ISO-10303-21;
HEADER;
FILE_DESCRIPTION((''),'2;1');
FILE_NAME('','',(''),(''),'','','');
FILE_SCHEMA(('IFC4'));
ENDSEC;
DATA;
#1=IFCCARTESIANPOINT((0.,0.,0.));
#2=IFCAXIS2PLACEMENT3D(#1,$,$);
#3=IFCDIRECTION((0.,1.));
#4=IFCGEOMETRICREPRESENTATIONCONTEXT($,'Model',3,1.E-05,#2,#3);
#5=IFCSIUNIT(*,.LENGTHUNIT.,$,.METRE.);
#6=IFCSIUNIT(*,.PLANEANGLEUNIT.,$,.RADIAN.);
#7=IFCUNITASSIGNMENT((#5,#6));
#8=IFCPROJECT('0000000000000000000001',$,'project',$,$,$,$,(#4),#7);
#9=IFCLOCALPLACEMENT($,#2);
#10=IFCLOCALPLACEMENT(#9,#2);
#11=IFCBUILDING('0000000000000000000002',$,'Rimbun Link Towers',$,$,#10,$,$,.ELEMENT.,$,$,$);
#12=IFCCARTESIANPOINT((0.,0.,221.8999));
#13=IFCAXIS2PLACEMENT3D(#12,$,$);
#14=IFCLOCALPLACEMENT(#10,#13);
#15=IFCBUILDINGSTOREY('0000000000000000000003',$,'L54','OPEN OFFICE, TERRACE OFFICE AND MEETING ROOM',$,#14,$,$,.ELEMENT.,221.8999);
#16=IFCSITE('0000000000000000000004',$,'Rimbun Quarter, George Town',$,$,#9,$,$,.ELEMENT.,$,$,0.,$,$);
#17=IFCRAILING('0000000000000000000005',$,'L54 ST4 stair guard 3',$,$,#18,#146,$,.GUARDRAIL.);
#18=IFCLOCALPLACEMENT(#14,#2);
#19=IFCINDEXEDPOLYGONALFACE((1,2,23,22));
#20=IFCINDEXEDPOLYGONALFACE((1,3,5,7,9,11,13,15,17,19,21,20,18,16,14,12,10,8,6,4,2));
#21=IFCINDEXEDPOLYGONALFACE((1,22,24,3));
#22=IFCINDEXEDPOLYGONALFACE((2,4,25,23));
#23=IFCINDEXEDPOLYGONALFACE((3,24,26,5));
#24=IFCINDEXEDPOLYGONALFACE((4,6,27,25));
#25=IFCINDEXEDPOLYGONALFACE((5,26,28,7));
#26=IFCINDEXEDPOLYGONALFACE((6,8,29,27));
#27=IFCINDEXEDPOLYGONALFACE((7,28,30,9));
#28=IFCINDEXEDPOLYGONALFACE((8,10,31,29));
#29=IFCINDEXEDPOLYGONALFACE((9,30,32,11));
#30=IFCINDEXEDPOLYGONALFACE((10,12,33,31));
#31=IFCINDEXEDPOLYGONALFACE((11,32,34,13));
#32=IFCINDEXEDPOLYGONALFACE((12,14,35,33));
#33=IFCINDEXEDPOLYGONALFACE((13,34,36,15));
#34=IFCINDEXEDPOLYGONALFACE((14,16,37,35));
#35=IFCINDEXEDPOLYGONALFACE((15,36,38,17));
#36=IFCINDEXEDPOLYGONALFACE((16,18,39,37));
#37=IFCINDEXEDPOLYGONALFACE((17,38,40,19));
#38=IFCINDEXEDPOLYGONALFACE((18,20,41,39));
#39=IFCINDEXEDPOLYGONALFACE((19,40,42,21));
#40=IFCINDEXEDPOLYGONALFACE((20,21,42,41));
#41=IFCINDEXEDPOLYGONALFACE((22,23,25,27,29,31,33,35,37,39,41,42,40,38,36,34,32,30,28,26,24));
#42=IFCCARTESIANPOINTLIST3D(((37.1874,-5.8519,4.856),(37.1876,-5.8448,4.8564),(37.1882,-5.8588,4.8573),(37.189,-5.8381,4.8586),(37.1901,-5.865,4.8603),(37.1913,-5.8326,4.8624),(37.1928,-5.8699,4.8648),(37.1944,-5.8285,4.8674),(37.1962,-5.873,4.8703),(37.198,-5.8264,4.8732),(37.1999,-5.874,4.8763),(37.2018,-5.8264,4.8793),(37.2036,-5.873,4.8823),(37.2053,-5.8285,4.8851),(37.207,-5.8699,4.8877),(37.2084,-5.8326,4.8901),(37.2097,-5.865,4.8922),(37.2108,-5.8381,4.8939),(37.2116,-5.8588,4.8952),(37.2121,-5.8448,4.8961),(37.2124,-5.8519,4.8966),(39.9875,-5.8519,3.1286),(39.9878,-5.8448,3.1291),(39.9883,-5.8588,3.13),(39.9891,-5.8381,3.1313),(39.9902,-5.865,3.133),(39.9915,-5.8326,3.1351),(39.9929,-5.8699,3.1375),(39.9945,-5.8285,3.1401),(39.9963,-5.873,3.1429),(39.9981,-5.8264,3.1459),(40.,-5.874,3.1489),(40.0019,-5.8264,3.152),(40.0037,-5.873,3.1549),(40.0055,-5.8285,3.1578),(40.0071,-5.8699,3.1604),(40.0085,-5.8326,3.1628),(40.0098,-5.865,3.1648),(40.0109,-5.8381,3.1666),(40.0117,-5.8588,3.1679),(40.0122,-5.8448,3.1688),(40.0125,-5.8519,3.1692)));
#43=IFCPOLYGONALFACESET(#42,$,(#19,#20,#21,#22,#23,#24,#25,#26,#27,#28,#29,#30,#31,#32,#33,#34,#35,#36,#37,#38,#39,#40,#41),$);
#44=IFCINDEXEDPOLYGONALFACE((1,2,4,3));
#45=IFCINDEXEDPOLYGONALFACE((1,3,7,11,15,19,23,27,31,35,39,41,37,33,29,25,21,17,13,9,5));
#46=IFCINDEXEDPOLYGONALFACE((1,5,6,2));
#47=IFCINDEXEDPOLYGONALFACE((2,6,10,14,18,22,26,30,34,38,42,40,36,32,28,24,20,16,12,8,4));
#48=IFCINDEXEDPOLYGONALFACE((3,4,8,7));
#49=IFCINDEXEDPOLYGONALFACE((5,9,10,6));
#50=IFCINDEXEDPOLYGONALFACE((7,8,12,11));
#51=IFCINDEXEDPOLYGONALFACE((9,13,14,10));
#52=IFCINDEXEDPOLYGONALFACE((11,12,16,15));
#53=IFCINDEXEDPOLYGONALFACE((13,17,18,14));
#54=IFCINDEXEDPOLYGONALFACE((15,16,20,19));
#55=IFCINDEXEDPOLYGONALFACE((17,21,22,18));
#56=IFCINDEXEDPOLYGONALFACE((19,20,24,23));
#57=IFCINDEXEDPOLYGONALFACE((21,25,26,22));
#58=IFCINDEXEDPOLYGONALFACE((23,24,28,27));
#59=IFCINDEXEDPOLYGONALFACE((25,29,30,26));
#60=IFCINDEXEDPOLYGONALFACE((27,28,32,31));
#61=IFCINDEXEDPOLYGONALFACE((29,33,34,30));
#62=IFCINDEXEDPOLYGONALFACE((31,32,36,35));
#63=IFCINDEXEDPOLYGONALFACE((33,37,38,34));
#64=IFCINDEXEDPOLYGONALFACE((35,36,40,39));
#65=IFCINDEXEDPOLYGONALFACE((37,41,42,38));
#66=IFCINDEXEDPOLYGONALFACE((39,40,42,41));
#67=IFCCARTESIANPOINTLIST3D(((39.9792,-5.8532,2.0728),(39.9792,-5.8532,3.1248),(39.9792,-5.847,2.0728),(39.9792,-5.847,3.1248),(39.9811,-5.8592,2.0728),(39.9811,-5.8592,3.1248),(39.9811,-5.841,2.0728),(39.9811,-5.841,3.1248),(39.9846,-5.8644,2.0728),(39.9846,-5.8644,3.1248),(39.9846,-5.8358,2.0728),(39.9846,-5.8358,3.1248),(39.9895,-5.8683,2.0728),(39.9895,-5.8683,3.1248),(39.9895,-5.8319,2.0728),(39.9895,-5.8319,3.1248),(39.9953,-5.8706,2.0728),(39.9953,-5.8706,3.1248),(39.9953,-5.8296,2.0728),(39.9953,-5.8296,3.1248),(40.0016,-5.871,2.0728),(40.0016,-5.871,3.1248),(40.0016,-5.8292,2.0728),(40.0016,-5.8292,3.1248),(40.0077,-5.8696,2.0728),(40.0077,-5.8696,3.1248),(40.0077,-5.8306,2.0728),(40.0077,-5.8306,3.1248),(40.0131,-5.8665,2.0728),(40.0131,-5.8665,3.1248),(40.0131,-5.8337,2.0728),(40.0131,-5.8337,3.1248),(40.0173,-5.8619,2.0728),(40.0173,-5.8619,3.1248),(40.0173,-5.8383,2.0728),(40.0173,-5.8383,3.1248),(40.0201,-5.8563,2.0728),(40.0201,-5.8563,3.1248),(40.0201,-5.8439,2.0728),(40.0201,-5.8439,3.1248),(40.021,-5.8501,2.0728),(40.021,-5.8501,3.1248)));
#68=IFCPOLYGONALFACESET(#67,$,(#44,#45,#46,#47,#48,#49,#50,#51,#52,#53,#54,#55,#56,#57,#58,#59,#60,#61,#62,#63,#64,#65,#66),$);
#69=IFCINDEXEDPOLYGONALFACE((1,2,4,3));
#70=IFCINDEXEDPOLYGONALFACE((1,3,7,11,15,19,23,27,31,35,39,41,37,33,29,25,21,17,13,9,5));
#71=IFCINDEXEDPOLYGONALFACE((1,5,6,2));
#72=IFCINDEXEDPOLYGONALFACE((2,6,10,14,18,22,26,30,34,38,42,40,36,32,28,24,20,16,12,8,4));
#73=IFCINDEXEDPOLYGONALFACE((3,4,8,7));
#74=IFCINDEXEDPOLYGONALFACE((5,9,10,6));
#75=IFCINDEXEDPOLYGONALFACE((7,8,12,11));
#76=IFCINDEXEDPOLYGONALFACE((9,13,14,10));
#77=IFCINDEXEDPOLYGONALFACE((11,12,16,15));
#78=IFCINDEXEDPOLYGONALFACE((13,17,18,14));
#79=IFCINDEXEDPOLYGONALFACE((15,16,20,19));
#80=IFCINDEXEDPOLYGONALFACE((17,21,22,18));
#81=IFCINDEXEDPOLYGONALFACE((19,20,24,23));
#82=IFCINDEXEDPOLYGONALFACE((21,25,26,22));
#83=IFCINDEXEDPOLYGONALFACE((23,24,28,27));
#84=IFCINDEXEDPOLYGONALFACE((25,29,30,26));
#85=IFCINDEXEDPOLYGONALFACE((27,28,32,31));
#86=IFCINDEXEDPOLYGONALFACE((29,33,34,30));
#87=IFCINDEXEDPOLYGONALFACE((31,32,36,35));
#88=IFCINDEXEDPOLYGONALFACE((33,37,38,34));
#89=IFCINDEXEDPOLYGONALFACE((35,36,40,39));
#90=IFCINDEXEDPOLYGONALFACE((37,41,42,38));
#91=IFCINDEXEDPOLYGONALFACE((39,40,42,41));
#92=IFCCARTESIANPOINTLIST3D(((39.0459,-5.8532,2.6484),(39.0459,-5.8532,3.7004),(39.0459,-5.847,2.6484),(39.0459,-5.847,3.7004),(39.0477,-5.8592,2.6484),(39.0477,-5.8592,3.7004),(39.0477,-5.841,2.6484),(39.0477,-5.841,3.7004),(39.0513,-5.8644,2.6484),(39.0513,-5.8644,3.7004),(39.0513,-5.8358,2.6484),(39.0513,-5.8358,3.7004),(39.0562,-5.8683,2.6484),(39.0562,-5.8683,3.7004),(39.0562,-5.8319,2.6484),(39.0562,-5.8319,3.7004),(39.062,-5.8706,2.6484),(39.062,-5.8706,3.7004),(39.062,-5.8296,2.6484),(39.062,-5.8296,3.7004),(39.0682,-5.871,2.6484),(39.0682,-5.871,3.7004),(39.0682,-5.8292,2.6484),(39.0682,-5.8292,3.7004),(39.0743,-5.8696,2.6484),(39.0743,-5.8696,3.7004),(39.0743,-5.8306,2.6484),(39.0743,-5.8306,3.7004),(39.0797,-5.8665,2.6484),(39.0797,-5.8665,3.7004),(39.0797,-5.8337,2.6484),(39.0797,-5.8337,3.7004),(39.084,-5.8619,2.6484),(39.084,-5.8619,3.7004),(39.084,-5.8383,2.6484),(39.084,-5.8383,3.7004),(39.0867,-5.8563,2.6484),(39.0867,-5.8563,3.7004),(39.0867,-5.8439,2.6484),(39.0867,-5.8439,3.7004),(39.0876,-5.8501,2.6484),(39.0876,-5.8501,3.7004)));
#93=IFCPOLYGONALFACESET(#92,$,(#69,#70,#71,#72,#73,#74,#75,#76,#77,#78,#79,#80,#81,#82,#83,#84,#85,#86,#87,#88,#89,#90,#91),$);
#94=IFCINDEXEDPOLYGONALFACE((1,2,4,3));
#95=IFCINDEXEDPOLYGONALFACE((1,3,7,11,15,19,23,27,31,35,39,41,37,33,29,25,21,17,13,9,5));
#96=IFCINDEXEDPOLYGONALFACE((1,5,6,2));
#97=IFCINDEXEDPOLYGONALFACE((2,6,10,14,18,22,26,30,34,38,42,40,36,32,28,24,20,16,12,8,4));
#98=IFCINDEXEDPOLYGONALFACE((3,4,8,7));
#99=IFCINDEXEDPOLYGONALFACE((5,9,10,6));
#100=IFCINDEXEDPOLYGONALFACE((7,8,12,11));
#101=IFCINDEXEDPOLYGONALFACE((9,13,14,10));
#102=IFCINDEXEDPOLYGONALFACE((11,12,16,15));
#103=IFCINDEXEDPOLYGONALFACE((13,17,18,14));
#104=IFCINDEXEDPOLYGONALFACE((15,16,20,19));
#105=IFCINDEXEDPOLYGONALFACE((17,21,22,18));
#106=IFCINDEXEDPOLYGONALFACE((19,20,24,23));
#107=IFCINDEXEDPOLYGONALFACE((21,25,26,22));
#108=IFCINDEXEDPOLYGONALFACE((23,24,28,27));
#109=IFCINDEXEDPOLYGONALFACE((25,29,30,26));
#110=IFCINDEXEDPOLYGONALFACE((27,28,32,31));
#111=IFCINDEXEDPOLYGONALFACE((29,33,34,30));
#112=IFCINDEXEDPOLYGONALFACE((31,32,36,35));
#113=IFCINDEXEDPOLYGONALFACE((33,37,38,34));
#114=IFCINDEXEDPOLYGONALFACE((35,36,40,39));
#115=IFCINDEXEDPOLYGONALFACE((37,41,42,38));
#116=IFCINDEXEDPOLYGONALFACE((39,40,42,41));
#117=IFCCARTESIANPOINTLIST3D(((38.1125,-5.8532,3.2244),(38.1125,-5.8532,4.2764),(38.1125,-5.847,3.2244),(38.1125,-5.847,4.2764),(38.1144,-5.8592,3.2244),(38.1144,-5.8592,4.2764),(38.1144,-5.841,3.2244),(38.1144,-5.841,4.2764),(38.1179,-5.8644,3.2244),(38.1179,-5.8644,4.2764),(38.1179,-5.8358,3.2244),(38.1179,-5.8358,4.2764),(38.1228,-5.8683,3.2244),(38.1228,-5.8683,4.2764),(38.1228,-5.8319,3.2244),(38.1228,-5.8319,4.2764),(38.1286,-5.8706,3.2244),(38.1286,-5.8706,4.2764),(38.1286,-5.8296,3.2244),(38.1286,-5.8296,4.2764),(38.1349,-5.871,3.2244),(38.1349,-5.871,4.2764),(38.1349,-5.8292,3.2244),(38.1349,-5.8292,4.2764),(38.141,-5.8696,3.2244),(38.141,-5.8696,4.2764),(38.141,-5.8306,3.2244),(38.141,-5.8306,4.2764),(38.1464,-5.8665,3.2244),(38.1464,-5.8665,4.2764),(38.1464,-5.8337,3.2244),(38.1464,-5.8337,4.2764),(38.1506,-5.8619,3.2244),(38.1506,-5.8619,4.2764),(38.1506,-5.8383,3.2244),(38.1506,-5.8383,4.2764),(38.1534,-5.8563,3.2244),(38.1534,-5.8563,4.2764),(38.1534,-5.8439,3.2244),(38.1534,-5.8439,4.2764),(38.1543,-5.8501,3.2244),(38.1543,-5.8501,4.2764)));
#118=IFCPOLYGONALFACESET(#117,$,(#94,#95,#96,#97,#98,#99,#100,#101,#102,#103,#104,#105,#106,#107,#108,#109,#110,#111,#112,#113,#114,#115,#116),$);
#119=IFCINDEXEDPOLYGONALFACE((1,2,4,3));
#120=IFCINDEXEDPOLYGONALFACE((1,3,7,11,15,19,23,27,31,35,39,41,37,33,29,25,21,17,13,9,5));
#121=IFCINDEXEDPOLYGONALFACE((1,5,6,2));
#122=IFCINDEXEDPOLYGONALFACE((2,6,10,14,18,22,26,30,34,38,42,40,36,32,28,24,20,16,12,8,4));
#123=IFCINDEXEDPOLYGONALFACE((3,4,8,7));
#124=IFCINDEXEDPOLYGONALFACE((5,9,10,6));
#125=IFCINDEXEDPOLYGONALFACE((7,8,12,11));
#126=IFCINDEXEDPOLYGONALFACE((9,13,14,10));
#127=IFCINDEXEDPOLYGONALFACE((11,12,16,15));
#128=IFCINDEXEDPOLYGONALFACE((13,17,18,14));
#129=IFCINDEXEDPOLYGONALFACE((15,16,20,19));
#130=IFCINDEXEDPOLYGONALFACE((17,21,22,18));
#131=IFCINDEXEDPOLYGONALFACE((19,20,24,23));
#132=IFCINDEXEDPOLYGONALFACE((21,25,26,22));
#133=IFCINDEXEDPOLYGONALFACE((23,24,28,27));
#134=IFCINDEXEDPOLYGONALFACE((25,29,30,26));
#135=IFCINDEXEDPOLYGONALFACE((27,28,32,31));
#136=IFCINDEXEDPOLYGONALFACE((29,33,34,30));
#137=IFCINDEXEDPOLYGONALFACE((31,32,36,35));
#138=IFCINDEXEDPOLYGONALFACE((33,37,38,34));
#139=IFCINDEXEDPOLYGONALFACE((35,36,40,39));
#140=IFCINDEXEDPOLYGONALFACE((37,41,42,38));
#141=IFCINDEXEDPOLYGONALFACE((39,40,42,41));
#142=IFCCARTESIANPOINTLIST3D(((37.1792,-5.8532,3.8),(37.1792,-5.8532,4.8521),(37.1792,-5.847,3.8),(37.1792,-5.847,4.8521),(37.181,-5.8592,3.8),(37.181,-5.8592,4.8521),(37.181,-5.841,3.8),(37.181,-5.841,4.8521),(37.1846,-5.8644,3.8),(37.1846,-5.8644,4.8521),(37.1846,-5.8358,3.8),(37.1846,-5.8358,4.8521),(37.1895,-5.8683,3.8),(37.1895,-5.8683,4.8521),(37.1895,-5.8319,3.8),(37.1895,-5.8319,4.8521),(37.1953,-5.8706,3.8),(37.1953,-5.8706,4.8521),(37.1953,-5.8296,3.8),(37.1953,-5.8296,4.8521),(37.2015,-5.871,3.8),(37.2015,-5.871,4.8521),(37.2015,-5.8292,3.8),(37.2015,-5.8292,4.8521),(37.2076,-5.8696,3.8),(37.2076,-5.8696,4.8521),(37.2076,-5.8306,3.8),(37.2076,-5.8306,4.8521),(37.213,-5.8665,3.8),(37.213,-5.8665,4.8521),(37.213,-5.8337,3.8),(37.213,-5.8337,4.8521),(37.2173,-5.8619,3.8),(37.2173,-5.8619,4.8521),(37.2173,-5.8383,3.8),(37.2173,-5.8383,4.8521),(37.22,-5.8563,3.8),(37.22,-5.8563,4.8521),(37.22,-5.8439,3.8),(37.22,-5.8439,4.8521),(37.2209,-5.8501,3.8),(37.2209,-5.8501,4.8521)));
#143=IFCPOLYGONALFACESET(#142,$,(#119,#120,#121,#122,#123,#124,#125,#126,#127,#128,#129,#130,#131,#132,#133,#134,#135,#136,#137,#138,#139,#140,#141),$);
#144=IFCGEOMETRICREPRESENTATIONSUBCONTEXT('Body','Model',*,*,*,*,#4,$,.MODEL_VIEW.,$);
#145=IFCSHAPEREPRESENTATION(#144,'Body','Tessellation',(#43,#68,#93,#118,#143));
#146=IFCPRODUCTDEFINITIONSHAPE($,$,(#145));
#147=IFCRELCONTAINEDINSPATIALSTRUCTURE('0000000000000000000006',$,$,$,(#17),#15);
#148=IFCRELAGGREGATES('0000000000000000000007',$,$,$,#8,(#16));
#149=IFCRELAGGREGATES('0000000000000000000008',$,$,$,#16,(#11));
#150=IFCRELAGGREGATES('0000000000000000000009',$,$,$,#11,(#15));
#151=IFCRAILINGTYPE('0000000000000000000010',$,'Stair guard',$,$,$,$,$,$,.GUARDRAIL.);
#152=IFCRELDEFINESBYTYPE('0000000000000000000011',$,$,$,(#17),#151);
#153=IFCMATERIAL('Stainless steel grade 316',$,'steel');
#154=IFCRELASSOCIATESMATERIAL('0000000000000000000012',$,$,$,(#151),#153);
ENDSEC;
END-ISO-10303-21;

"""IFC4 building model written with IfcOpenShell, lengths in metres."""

from ifc_helpers import new_model, si_unit, direction, frame, origin, origin_2d, place, context, subcontext, project, spatial, circle, extrude, material, type_object, element, save


model = new_model("IFC4")

# Units and contexts
model_context = context("Model", 3, precision=1e-05, world=origin(), true_north=direction((0.0, 1.0)))
body_context = subcontext(model_context, "Body", "Model", "MODEL_VIEW")
ifc_project = project(units=[si_unit("LENGTHUNIT", "METRE"), si_unit("PLANEANGLEUNIT", "RADIAN")], contexts=[model_context])

# Site, building, storey
site_placement = place(None, origin())
site = spatial("IfcSite", under=ifc_project, at=site_placement, Name="Rimbun Quarter, George Town", CompositionType="ELEMENT", RefElevation=0.0)
building_placement = place(site_placement, origin())
building = spatial("IfcBuilding", under=site, at=building_placement, Name="Rimbun Link Towers", CompositionType="ELEMENT")
storey_placement = place(building_placement, frame((0.0, 0.0, 221.8999)))
storey = spatial("IfcBuildingStorey", under=building, at=storey_placement, Name="L54", Description="OPEN OFFICE, TERRACE OFFICE AND MEETING ROOM", CompositionType="ELEMENT", Elevation=221.8999)

# Railing
ifc_material_1 = material(Name="Stainless steel grade 316", Category="steel")
railing_type_1 = type_object("IfcRailingType", Name="Stair guard", PredefinedType="GUARDRAIL", material=ifc_material_1)
railing_1_placement = place(storey_placement, frame((40.0, -5.8501, 2.0728)))
element("IfcRailing", 1, at=railing_1_placement, inside=storey, type_object=railing_type_1, Name="L54 ST4 stair guard 3", PredefinedType="GUARDRAIL", context=body_context, shape_type="SweptSolid", body=[
    extrude(circle(Radius=0.0239, at=origin_2d()), frame((0.0, 0.0, 1.0762), z_axis=(-0.85109, 0.0, 0.52502), x_axis=(0.0, -1.0, 0.0)), (0.0, 0.0, 1.0), 3.29),
    extrude(circle(Radius=0.021, at=origin_2d()), origin(), (0.0, 0.0, 1.0), 1.052),
    extrude(circle(Radius=0.021, at=origin_2d()), frame((-0.9333, 0.0, 0.5757)), (0.0, 0.0, 1.0), 1.052),
    extrude(circle(Radius=0.021, at=origin_2d()), frame((-1.8667, 0.0, 1.1516)), (0.0, 0.0, 1.0), 1.052),
    extrude(circle(Radius=0.021, at=origin_2d()), frame((-2.8, 0.0, 1.7273)), (0.0, 0.0, 1.0), 1.052),
])

save(model, "model.ifc")
